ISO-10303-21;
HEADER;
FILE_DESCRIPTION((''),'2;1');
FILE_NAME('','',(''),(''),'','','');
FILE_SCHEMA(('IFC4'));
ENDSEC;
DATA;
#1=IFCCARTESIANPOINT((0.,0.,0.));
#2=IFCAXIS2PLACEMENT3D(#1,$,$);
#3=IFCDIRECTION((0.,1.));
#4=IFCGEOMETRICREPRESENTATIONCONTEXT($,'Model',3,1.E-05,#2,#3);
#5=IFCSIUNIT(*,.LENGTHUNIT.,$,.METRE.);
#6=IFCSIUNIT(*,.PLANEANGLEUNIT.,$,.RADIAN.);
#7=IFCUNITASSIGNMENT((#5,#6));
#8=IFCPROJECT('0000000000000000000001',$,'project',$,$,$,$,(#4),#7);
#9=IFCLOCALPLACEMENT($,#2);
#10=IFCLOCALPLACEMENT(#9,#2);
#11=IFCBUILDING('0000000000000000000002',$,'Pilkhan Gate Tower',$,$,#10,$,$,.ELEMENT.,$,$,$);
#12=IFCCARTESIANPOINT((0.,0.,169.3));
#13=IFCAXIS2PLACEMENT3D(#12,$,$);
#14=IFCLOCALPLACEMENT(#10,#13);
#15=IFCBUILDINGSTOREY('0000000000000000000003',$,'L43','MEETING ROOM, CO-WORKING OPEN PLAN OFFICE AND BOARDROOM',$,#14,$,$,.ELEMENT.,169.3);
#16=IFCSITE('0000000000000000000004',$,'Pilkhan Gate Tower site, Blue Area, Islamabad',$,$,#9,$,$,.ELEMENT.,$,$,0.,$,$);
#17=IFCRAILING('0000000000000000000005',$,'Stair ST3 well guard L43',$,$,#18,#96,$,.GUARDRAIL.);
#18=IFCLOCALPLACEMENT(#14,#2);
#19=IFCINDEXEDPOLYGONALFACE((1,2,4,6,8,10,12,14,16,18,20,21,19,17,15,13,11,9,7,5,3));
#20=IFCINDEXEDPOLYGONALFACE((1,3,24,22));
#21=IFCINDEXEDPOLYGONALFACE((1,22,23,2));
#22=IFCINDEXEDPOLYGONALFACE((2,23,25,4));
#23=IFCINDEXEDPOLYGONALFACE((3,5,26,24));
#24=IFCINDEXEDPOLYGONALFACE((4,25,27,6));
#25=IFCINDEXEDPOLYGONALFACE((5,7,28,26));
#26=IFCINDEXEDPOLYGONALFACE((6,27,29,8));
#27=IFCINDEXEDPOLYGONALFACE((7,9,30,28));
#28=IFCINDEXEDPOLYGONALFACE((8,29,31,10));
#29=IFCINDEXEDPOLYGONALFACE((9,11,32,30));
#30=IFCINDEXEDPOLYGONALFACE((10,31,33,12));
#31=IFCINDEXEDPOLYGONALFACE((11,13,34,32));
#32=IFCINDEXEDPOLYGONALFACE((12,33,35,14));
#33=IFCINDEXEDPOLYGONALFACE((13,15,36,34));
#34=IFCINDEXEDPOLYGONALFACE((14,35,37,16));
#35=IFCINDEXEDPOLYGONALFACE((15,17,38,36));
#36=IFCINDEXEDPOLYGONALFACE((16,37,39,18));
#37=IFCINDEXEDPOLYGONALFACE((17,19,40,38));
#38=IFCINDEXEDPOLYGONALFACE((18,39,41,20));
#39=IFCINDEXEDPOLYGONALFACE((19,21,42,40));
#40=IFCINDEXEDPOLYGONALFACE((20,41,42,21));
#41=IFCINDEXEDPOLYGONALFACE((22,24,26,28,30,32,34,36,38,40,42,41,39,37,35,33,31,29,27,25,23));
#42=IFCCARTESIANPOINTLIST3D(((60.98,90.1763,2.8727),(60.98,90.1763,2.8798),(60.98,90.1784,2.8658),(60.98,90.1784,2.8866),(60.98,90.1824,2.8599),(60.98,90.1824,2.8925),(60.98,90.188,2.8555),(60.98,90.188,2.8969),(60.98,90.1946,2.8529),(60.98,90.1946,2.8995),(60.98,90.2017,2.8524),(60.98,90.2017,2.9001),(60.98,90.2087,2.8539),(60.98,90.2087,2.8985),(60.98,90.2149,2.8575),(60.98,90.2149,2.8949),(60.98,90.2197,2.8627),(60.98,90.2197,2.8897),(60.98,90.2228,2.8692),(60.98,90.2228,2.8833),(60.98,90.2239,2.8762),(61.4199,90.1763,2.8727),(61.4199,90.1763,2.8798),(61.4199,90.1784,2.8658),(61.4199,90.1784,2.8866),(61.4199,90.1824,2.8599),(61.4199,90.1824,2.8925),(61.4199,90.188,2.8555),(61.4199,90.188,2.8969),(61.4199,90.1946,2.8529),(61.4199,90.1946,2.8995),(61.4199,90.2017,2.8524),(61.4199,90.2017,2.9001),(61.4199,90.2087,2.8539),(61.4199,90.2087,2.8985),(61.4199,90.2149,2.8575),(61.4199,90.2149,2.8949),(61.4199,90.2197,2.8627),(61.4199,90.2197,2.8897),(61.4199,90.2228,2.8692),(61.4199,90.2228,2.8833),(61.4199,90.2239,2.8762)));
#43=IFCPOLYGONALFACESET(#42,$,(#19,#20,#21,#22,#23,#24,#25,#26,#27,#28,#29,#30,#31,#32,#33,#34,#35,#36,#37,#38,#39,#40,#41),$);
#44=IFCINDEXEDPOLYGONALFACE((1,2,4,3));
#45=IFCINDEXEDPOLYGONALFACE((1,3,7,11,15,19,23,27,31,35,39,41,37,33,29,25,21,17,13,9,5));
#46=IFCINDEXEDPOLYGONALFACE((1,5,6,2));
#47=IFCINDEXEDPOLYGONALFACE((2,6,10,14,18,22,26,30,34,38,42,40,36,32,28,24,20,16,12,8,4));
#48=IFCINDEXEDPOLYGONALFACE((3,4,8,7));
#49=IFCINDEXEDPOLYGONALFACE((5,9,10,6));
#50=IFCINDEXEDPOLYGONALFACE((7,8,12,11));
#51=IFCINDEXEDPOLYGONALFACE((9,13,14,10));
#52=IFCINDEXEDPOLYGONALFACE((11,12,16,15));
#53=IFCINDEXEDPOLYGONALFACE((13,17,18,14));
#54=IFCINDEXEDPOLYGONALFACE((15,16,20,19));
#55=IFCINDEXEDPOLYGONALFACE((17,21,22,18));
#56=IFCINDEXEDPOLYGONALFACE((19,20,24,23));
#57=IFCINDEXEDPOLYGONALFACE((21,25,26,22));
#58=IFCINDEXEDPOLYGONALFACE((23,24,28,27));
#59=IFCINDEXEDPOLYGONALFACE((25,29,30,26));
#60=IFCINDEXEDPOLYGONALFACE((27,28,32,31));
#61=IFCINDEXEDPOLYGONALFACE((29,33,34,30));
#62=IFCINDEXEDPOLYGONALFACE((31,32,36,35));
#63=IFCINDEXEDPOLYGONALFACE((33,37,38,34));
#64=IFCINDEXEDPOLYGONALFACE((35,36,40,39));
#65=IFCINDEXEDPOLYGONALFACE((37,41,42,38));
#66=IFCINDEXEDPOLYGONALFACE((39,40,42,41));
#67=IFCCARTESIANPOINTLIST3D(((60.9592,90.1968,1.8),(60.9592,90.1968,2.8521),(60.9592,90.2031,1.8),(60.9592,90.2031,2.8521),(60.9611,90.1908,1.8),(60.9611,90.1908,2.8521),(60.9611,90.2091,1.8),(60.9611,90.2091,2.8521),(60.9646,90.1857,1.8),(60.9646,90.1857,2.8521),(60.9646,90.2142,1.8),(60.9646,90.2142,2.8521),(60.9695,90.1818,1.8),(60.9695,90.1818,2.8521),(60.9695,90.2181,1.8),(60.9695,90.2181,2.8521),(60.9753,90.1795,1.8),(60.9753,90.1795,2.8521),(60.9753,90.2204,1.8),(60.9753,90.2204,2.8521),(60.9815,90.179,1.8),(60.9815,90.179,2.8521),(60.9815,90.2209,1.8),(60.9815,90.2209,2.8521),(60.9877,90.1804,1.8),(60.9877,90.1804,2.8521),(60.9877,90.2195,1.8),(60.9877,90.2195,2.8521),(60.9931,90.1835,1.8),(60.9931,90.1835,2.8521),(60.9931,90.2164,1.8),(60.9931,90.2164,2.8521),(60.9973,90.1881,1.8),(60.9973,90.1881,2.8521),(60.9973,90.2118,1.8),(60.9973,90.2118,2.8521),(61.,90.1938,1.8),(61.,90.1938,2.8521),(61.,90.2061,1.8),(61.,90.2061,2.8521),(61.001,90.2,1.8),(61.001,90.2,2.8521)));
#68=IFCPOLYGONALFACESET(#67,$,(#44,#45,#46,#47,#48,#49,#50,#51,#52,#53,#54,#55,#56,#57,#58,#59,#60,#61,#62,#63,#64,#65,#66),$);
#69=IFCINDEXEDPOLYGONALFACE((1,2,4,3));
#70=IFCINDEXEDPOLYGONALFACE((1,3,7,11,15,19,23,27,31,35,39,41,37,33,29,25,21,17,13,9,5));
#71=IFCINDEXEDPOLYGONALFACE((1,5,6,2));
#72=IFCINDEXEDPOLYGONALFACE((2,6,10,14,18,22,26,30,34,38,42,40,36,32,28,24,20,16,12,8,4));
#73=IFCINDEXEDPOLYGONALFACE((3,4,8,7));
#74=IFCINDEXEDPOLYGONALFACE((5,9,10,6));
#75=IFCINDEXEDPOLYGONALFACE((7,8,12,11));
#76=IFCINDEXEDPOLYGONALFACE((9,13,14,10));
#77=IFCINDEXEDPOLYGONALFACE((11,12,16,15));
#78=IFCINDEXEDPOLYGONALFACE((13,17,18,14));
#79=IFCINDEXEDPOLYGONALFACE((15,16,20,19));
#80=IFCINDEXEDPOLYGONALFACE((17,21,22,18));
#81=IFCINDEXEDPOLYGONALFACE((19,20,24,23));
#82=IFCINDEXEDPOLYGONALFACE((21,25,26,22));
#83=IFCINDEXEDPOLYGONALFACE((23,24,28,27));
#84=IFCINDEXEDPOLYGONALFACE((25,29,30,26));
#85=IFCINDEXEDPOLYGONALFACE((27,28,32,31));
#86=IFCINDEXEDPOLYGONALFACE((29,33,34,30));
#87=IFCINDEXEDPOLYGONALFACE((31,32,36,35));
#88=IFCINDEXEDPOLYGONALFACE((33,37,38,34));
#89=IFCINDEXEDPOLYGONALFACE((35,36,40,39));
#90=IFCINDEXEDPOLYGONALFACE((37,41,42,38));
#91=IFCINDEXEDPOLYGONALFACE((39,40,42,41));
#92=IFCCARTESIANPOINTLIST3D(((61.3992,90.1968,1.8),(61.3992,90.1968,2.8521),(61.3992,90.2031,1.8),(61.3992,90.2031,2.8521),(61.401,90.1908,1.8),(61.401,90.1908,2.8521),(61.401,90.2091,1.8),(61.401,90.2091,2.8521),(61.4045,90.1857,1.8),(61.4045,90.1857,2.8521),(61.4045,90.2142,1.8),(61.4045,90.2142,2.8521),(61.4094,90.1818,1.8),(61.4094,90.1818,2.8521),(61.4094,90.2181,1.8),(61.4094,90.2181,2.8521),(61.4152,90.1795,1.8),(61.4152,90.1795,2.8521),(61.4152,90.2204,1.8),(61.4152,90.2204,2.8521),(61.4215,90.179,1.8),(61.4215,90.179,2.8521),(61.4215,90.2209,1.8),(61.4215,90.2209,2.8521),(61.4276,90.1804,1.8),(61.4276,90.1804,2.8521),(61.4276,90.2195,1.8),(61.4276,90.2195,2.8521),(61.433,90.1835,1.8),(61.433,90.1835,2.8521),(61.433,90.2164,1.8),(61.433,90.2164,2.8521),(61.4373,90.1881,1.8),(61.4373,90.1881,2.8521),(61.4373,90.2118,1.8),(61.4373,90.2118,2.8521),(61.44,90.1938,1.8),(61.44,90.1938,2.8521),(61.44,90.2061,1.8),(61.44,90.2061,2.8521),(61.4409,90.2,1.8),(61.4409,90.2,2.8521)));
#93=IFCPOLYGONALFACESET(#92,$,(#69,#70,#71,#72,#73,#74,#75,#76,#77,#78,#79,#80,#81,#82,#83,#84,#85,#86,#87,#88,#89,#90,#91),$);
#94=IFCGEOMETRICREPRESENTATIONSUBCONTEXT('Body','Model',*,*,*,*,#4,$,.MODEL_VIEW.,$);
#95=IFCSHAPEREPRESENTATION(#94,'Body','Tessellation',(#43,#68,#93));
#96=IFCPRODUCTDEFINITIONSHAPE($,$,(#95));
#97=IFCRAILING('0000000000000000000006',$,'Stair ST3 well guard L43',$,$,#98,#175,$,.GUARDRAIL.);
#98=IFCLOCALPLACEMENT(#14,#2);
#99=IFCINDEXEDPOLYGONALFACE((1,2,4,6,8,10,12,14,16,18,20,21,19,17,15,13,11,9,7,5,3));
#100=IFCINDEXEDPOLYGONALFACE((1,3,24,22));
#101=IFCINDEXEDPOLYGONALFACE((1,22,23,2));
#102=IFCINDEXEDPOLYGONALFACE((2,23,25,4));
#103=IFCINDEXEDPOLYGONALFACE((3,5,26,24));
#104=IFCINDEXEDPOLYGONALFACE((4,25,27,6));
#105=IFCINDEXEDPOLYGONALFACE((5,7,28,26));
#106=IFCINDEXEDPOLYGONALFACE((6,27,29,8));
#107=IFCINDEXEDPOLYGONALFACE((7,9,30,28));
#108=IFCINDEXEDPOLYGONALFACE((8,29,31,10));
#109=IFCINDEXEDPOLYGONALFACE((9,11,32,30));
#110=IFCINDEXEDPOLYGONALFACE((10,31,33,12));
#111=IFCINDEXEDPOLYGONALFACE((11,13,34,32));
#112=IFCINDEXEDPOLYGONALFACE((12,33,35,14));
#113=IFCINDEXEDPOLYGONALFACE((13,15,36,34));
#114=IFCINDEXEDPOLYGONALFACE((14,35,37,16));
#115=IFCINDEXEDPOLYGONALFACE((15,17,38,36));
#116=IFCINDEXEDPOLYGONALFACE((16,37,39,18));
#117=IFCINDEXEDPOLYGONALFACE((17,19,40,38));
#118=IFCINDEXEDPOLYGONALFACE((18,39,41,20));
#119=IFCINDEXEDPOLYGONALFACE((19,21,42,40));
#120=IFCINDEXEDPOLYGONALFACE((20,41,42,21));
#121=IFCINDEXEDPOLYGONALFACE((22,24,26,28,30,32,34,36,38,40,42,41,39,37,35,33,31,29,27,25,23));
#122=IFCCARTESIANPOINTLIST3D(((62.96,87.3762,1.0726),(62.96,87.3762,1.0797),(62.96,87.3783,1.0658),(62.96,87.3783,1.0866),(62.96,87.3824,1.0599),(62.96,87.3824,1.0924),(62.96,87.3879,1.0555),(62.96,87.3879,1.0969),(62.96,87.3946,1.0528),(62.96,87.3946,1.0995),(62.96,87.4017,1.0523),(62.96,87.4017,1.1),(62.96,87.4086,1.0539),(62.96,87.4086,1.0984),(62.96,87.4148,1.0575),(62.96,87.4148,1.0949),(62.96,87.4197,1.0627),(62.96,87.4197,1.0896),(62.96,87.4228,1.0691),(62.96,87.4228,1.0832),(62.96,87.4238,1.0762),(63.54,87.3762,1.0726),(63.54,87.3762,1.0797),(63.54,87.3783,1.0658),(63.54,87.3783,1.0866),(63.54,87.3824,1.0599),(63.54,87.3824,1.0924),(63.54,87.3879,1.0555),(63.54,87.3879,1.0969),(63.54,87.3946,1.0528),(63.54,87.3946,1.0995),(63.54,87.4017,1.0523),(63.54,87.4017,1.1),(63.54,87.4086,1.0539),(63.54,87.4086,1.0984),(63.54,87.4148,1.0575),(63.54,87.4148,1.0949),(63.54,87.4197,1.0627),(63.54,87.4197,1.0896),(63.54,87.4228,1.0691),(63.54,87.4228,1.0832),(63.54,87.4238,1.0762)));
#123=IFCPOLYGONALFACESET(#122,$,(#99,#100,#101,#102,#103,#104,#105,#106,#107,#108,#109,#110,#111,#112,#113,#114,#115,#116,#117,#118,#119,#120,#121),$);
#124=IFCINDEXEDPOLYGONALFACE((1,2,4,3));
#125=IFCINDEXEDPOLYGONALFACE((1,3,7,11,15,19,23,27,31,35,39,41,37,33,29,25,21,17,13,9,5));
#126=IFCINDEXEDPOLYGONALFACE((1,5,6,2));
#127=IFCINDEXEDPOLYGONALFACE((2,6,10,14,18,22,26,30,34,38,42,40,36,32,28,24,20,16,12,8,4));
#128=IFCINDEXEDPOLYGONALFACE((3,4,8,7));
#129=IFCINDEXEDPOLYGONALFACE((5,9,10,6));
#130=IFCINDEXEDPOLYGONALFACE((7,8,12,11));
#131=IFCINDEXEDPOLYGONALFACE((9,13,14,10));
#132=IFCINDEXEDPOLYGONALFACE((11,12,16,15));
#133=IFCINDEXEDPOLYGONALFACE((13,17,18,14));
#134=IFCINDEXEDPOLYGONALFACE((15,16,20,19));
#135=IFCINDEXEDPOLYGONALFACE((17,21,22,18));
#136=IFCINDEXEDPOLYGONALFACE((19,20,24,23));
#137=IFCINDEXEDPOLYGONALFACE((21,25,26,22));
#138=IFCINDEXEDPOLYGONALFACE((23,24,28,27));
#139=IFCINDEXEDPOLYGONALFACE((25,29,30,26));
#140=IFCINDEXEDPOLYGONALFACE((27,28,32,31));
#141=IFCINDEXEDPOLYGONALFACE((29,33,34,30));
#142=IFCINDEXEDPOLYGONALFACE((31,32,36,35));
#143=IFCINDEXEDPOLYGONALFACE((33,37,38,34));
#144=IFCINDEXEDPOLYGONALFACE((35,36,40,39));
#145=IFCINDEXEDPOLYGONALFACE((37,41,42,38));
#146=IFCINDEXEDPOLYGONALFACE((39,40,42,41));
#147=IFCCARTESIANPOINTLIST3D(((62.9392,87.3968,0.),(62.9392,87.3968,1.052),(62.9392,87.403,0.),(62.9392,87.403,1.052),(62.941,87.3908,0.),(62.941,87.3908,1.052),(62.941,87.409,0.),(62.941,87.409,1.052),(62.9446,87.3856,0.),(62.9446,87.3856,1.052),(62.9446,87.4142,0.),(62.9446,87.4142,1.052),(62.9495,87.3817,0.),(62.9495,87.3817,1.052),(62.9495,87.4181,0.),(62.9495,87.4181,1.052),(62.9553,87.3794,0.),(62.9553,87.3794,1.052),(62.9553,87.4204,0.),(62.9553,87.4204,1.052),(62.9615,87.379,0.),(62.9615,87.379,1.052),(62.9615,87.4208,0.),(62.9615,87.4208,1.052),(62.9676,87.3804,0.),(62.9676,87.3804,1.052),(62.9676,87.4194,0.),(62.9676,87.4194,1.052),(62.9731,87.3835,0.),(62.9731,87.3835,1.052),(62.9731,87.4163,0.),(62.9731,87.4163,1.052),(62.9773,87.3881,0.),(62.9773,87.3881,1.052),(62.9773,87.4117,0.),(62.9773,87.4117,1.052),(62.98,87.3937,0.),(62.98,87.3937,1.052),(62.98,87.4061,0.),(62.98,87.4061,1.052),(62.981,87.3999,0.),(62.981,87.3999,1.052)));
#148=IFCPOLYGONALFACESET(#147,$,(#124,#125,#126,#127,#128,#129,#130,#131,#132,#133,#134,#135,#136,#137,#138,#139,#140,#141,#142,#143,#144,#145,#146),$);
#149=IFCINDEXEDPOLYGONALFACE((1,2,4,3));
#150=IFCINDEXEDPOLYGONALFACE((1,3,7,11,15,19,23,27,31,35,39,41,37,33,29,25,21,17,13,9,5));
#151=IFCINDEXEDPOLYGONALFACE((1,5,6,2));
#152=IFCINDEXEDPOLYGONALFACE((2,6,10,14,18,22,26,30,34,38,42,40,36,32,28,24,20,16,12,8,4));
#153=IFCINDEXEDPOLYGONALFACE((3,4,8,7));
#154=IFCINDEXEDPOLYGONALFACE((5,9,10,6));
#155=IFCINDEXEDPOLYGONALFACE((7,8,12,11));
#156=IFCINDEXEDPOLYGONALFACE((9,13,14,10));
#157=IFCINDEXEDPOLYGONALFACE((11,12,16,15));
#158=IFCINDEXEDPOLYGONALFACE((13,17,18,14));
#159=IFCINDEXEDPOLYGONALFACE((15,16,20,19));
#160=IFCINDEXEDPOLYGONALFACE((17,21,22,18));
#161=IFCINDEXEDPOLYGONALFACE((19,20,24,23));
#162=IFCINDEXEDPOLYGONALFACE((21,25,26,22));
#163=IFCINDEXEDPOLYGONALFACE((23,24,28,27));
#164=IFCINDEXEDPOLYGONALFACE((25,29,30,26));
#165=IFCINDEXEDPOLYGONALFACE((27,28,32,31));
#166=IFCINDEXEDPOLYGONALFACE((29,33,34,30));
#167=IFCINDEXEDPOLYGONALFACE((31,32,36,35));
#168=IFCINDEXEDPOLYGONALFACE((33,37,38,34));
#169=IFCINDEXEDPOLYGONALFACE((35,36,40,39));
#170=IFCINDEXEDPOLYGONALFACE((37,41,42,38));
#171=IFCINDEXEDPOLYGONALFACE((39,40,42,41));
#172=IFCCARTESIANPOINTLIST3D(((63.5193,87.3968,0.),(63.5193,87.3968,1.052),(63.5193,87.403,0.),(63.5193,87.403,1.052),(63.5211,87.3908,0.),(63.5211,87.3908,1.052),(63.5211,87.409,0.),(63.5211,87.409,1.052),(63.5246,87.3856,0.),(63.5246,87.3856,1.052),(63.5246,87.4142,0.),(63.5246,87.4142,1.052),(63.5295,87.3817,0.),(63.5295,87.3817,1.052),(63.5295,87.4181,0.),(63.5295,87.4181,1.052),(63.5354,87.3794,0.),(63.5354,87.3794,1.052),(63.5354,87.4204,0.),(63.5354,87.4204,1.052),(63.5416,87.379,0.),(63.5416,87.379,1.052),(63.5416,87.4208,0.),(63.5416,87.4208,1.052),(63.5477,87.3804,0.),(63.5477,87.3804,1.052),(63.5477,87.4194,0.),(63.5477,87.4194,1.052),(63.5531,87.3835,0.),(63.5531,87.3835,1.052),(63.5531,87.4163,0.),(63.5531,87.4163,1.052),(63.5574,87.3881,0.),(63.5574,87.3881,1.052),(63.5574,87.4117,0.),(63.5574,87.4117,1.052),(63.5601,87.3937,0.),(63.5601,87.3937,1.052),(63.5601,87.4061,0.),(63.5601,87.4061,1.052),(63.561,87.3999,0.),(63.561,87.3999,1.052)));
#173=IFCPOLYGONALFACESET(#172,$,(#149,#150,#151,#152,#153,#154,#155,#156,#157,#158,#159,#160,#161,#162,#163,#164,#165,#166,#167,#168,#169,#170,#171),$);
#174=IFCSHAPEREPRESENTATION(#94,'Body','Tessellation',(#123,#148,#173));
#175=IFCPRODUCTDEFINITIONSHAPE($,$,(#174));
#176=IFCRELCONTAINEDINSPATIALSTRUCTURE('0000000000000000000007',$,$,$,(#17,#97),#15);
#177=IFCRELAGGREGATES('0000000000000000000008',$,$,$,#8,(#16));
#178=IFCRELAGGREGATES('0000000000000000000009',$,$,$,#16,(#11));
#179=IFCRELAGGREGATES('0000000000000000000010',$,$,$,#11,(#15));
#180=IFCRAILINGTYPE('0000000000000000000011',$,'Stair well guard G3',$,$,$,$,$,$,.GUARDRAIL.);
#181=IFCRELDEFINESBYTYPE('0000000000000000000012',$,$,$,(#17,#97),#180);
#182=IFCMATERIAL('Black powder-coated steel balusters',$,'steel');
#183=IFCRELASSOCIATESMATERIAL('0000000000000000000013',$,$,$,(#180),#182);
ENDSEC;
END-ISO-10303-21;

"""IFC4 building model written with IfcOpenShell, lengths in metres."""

from ifc_helpers import new_model, si_unit, direction, frame, origin, origin_2d, place, context, subcontext, project, spatial, circle, extrude, material, type_object, element, save


model = new_model("IFC4")

# Units and contexts
model_context = context("Model", 3, precision=1e-05, world=origin(), true_north=direction((0.0, 1.0)))
body_context = subcontext(model_context, "Body", "Model", "MODEL_VIEW")
ifc_project = project(units=[si_unit("LENGTHUNIT", "METRE"), si_unit("PLANEANGLEUNIT", "RADIAN")], contexts=[model_context])

# Site, building, storey
site_placement = place(None, origin())
site = spatial("IfcSite", under=ifc_project, at=site_placement, Name="Pilkhan Gate Tower site, Blue Area, Islamabad", CompositionType="ELEMENT", RefElevation=0.0)
building_placement = place(site_placement, origin())
building = spatial("IfcBuilding", under=site, at=building_placement, Name="Pilkhan Gate Tower", CompositionType="ELEMENT")
storey_placement = place(building_placement, frame((0.0, 0.0, 169.3)))
storey = spatial("IfcBuildingStorey", under=building, at=storey_placement, Name="L43", Description="MEETING ROOM, CO-WORKING OPEN PLAN OFFICE AND BOARDROOM", CompositionType="ELEMENT", Elevation=169.3)

# Railings
ifc_material_1 = material(Name="Black powder-coated steel balusters", Category="steel")
railing_type_1 = type_object("IfcRailingType", Name="Stair well guard G3", PredefinedType="GUARDRAIL", material=ifc_material_1)
railing_1_placement = place(storey_placement, frame((60.98, 90.2, 1.8)))
element("IfcRailing", 1, at=railing_1_placement, inside=storey, type_object=railing_type_1, Name="Stair ST3 well guard L43", PredefinedType="GUARDRAIL", context=body_context, shape_type="SweptSolid", body=[
    extrude(circle(Radius=0.0239, at=origin_2d()), frame((0.0, 0.0, 1.0762), z_axis=(1.0, 0.0, 0.0), x_axis=(0.0, 1.0, 0.0)), (0.0, 0.0, 1.0), 0.4399),
    extrude(circle(Radius=0.021, at=origin_2d()), origin(), (0.0, 0.0, 1.0), 1.052),
    extrude(circle(Radius=0.021, at=origin_2d()), frame((0.4399, 0.0, 0.0)), (0.0, 0.0, 1.0), 1.052),
])
for number, where, name in (
    (2, (62.96, 87.3999, 0.0), "Stair ST3 well guard L43"),
):
    element("IfcRailing", number, at=place(storey_placement, frame(where)), inside=storey, type_object=railing_type_1, Name=name, PredefinedType="GUARDRAIL", context=body_context, shape_type="SweptSolid", body=[
        extrude(circle(Radius=0.0239, at=origin_2d()), frame((0.0, 0.0, 1.0762), z_axis=(1.0, 0.0, 0.0), x_axis=(0.0, 1.0, 0.0)), (0.0, 0.0, 1.0), 0.5801),
        extrude(circle(Radius=0.021, at=origin_2d()), origin(), (0.0, 0.0, 1.0), 1.052),
        extrude(circle(Radius=0.021, at=origin_2d()), frame((0.5801, 0.0, 0.0)), (0.0, 0.0, 1.0), 1.052),
    ])

save(model, "model.ifc")
